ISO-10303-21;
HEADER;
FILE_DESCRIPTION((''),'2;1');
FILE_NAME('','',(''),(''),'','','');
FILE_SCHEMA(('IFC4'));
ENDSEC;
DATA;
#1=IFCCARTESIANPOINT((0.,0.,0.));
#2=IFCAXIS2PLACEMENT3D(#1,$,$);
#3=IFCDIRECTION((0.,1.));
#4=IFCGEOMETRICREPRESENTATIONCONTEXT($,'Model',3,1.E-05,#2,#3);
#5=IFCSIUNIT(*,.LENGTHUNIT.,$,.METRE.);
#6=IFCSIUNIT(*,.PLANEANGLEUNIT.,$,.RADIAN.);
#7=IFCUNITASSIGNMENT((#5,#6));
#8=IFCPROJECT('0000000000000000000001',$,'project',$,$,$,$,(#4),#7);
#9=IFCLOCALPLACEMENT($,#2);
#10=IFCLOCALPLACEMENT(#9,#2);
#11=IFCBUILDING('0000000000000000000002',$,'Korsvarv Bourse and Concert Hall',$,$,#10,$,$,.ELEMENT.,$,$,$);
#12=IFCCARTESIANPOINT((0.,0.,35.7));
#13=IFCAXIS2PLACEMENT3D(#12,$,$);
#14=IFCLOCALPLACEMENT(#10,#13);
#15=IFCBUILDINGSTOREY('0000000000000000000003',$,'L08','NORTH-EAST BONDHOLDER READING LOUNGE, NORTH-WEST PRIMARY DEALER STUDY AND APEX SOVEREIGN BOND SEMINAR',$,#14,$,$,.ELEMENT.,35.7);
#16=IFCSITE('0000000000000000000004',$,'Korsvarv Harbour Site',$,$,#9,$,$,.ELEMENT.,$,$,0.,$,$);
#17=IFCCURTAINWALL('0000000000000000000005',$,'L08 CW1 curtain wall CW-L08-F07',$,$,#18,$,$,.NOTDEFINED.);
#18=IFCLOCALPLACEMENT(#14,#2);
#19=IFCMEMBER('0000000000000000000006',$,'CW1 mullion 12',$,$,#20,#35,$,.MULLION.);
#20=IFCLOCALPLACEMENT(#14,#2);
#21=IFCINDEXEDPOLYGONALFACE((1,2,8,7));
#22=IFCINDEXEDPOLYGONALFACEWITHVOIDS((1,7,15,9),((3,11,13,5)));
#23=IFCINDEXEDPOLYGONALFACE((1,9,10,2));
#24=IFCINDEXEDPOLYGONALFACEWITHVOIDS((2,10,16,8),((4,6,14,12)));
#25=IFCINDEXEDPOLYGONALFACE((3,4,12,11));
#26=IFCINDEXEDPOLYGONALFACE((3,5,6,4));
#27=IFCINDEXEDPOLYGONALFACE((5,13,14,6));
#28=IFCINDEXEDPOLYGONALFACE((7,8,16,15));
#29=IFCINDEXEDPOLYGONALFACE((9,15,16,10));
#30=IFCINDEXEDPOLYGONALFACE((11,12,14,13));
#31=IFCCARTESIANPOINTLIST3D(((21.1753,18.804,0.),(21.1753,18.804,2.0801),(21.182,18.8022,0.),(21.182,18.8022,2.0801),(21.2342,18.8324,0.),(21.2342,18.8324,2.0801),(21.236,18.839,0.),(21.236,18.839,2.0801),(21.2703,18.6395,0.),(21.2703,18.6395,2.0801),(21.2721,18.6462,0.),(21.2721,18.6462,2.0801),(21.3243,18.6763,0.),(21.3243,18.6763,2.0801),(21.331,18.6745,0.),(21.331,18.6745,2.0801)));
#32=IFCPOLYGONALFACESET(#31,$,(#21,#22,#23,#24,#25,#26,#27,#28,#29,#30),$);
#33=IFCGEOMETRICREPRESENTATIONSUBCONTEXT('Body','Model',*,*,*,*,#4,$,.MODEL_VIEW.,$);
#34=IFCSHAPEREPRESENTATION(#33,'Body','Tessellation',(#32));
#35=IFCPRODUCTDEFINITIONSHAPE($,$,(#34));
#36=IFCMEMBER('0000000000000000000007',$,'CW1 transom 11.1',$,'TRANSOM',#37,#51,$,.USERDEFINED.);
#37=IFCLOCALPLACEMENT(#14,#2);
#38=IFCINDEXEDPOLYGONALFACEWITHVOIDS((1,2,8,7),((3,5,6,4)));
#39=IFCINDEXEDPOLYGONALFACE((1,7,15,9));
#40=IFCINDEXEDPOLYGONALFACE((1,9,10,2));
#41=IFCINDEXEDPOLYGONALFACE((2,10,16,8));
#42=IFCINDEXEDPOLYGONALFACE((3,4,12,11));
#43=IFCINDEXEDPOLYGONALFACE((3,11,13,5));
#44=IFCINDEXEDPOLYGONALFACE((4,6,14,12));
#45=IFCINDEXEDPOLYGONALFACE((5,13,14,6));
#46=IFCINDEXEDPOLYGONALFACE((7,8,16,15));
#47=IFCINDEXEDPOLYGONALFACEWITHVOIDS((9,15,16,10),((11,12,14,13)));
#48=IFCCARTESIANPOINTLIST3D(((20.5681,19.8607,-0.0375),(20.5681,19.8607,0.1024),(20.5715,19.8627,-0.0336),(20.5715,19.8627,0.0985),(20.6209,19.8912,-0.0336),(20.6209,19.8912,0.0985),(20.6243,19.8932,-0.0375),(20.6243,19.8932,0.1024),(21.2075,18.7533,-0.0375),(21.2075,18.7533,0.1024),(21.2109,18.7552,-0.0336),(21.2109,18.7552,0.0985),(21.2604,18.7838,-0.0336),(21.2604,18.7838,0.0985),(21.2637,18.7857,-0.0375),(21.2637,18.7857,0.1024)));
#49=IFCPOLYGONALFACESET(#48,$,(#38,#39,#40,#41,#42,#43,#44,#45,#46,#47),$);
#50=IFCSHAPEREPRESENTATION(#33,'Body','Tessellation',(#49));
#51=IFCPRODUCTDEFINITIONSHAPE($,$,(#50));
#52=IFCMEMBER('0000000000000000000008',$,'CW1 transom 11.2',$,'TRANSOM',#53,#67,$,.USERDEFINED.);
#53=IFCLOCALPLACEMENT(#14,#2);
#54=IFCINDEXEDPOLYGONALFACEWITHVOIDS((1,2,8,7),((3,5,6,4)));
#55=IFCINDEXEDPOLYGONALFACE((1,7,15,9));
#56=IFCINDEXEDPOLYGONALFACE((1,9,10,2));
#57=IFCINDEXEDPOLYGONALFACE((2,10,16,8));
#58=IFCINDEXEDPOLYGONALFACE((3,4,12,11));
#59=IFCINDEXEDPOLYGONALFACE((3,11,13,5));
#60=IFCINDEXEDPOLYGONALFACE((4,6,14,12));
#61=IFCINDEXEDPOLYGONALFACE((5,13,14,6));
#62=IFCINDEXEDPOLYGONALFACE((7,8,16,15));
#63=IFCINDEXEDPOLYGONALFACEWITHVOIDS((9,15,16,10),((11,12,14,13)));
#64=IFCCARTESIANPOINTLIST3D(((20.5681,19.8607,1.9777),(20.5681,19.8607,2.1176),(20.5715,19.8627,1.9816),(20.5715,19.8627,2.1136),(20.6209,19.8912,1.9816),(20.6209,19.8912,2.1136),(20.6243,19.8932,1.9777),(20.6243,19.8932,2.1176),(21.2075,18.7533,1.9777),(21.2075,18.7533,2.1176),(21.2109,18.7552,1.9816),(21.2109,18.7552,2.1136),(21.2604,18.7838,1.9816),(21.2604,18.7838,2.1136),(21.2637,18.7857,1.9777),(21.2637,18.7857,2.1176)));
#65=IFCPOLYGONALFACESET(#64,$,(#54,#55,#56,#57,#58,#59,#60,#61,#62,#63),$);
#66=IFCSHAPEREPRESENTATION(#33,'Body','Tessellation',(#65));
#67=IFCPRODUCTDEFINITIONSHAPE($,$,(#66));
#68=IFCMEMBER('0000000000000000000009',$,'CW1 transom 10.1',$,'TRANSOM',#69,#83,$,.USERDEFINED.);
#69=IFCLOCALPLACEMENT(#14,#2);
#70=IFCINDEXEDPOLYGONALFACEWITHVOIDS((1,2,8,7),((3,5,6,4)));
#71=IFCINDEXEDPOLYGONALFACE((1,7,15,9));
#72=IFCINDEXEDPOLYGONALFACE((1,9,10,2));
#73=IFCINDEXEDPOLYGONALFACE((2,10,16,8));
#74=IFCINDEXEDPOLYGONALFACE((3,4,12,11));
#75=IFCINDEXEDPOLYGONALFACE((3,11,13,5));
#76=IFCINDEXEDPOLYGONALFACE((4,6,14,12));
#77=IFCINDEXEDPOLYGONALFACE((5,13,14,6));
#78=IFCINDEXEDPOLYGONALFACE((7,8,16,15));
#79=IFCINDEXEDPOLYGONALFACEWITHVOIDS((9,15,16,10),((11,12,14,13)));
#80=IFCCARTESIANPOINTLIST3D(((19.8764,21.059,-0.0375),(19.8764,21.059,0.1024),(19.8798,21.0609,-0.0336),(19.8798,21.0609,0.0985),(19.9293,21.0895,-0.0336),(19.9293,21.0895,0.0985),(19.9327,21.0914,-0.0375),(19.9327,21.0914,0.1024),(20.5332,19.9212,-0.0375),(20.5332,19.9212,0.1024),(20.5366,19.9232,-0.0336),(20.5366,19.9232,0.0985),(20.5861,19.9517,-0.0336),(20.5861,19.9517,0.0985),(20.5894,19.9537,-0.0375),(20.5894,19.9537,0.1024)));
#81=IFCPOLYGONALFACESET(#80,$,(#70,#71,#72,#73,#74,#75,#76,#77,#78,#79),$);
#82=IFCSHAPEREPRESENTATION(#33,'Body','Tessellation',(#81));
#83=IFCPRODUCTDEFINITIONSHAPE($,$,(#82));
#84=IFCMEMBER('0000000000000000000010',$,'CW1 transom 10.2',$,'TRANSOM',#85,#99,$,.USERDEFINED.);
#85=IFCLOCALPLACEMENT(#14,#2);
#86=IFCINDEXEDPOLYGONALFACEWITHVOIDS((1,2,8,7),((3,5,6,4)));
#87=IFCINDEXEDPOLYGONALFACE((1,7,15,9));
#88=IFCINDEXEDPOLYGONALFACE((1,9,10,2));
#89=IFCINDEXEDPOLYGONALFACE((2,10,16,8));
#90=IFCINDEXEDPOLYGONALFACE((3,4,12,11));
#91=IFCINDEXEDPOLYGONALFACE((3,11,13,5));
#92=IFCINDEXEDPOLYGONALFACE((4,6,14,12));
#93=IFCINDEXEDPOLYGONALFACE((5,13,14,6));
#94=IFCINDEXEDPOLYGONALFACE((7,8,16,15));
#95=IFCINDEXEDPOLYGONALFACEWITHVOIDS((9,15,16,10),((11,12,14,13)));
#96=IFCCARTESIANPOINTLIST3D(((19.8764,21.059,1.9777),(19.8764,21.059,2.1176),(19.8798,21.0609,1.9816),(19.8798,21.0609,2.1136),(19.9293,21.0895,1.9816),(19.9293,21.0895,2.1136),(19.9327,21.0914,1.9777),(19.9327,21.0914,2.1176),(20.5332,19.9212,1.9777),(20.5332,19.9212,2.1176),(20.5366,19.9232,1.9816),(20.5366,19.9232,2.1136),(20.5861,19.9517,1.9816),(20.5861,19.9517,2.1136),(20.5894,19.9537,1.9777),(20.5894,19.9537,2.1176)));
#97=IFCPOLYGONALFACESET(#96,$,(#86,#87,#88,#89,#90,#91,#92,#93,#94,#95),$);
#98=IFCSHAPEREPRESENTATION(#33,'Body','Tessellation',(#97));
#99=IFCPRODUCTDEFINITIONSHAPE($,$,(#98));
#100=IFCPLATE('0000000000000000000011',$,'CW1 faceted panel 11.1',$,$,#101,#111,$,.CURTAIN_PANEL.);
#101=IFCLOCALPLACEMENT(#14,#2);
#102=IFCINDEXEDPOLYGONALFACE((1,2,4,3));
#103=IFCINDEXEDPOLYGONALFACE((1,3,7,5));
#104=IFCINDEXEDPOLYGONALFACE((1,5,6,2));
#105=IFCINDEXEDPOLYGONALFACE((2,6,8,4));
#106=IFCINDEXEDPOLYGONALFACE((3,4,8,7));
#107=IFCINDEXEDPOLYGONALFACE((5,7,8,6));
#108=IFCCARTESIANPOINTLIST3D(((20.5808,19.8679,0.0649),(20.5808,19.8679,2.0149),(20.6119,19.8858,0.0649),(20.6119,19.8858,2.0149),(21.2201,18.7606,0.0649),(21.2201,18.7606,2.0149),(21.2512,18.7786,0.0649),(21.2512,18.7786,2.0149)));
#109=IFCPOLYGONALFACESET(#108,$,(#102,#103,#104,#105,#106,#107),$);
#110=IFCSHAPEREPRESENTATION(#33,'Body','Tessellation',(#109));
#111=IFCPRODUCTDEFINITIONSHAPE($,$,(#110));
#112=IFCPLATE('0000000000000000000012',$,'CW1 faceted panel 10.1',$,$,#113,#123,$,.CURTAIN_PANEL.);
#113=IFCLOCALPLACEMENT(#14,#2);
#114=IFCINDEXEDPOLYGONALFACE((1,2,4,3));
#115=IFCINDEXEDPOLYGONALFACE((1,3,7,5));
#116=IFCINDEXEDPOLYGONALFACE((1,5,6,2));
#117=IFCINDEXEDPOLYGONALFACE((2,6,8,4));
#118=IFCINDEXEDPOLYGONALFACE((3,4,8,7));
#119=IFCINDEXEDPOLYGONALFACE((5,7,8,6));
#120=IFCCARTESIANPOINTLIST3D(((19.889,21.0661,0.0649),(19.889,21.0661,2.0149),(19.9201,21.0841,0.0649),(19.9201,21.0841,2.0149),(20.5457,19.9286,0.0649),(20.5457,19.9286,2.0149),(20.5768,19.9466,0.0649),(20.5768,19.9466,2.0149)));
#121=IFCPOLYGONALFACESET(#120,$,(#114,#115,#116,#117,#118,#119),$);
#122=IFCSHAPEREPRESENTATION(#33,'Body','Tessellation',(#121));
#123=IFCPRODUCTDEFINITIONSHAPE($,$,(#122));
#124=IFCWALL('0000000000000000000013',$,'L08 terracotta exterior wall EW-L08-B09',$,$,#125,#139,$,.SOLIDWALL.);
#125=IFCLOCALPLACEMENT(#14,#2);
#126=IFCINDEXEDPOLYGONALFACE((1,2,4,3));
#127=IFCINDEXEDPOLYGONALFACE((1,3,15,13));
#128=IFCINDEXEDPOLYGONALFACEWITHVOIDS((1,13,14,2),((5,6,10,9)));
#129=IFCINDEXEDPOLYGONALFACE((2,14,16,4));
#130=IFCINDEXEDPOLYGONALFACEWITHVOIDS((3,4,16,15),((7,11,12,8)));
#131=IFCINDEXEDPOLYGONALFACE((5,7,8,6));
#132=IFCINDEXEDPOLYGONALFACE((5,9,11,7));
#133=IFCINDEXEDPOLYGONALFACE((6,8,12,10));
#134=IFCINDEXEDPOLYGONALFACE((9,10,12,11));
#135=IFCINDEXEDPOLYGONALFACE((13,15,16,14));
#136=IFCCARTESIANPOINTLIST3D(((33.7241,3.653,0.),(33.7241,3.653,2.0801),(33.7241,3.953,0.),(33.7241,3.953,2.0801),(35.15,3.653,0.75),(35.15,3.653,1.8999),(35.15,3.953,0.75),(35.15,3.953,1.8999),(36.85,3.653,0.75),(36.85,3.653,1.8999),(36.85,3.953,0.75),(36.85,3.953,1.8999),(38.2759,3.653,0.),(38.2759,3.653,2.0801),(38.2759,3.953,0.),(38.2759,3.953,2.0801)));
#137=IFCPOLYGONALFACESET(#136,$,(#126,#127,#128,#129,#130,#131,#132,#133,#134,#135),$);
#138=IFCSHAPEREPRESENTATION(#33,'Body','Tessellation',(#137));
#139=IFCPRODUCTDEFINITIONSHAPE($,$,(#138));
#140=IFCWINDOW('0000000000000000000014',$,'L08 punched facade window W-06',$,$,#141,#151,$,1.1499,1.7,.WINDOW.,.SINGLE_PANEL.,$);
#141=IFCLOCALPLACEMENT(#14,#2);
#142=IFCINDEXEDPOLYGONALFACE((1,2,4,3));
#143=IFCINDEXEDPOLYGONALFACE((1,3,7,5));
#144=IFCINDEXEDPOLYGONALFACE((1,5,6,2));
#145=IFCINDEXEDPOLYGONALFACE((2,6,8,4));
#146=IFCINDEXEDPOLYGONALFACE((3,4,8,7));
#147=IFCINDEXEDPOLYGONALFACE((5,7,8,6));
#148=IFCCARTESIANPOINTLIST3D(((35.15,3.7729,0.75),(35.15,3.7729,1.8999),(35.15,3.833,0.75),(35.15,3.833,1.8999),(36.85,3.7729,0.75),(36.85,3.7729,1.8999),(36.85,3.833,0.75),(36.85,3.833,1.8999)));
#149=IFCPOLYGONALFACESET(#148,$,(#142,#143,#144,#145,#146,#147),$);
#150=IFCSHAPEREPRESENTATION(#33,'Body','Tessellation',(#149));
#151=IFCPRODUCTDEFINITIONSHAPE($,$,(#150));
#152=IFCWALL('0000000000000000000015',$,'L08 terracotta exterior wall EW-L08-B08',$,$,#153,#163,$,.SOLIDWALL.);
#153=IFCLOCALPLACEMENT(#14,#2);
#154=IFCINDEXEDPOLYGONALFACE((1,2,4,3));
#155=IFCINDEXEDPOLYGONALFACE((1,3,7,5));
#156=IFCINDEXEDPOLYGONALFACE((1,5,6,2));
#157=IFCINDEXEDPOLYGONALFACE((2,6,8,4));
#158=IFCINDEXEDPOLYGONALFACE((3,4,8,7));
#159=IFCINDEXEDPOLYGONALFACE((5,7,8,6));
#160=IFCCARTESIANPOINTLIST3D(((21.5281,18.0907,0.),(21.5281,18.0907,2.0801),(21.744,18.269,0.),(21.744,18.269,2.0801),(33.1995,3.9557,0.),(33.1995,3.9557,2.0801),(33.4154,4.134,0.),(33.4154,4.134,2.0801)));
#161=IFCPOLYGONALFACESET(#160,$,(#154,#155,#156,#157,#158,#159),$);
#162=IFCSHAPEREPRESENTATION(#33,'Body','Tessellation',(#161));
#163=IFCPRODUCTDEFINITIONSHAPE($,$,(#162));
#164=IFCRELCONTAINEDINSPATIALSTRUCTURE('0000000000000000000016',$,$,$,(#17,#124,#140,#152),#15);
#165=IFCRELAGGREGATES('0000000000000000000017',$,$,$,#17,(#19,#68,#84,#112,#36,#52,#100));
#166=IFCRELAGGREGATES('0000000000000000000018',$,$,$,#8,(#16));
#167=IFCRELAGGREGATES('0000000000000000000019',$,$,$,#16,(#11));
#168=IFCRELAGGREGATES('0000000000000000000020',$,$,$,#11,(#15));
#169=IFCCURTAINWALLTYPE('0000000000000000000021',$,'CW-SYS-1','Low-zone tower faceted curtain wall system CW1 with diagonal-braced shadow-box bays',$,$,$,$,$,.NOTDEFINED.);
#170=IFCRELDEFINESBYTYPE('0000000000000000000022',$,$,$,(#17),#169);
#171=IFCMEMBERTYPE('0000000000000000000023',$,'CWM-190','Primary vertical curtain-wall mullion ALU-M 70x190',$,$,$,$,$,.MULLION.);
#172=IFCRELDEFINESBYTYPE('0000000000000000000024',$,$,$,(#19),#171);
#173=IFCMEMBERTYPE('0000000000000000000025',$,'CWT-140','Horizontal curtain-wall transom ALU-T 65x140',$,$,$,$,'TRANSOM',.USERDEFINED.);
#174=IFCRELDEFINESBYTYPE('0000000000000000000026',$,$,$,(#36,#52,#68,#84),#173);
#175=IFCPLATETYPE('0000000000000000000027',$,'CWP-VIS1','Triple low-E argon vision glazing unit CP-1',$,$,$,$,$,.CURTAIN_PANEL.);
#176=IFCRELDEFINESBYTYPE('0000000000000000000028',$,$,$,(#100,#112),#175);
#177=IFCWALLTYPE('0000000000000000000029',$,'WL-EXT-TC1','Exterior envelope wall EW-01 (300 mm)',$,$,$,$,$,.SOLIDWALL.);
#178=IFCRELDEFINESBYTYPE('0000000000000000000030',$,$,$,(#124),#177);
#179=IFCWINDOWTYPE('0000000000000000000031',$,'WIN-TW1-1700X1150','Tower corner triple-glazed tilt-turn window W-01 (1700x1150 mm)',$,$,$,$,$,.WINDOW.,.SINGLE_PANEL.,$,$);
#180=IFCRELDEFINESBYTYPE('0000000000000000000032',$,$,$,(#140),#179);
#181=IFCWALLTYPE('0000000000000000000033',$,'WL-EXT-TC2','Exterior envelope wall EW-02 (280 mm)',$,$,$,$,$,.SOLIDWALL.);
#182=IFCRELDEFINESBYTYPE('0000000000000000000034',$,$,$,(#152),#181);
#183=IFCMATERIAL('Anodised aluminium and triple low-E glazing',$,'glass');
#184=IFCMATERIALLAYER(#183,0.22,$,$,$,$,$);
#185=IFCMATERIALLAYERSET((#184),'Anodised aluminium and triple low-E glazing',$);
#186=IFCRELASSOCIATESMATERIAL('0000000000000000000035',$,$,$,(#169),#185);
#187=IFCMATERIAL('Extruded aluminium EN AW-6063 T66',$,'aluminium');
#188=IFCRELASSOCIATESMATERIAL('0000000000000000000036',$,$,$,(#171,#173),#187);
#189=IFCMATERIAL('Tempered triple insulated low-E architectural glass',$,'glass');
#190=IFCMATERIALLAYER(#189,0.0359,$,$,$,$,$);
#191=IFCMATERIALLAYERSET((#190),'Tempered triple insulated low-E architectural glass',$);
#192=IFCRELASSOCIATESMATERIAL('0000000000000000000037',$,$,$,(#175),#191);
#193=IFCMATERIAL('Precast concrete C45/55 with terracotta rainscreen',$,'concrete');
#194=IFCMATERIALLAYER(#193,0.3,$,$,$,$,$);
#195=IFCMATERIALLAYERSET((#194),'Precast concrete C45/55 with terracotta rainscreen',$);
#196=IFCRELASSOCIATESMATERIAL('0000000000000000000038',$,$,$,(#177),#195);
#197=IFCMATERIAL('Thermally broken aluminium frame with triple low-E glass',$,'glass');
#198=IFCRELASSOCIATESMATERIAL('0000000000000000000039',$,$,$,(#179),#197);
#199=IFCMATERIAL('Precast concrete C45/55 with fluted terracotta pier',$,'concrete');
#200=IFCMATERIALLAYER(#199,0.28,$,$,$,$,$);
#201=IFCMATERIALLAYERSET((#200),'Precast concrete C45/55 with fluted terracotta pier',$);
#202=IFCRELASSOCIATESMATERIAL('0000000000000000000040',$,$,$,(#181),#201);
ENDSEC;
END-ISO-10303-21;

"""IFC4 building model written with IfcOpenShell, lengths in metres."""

from ifc_helpers import new_model, si_unit, direction, frame, frame_2d, origin, origin_2d, place, context, subcontext, project, spatial, rectangle, hollow_rectangle, extrude, source, transform, mapped, material, layer, layer_set, material_profile, profile_set, type_object, element, fill, aggregate, save


model = new_model("IFC4")

# Units and contexts
model_context = context("Model", 3, precision=1e-05, world=origin(), true_north=direction((0.0, 1.0)))
body_context = subcontext(model_context, "Body", "Model", "MODEL_VIEW")
ifc_project = project(units=[si_unit("LENGTHUNIT", "METRE"), si_unit("PLANEANGLEUNIT", "RADIAN")], contexts=[model_context])

# Site, building, storey
site_placement = place(None, origin())
site = spatial("IfcSite", under=ifc_project, at=site_placement, Name="Korsvarv Harbour Site", CompositionType="ELEMENT", RefElevation=0.0)
building_placement = place(site_placement, origin())
building = spatial("IfcBuilding", under=site, at=building_placement, Name="Korsvarv Bourse and Concert Hall", CompositionType="ELEMENT")
storey_placement = place(building_placement, frame((0.0, 0.0, 35.7)))
storey = spatial("IfcBuildingStorey", under=building, at=storey_placement, Name="L08", Description="NORTH-EAST BONDHOLDER READING LOUNGE, NORTH-WEST PRIMARY DEALER STUDY AND APEX SOVEREIGN BOND SEMINAR", CompositionType="ELEMENT", Elevation=35.7)

# Curtain wall, members, plates
ifc_material_1 = material(Name="Anodised aluminium and triple low-E glazing", Category="glass")
ifc_layer_1 = layer(ifc_material_1, 0.22)
ifc_layer_set_1 = layer_set([ifc_layer_1], Name="Anodised aluminium and triple low-E glazing")
curtain_wall_type = type_object("IfcCurtainWallType", Name="CW-SYS-1", Description="Low-zone tower faceted curtain wall system CW1 with diagonal-braced shadow-box bays", PredefinedType="NOTDEFINED", material=ifc_layer_set_1)
curtain_wall_placement = place(storey_placement, origin())
curtain_wall = element("IfcCurtainWall", 1, at=curtain_wall_placement, inside=storey, type_object=curtain_wall_type, Name="L08 CW1 curtain wall CW-L08-F07", PredefinedType="NOTDEFINED")
ifc_material_2 = material(Name="Extruded aluminium EN AW-6063 T66", Category="aluminium")
ifc_material_profile_1 = material_profile(ifc_material_2, hollow_rectangle(XDim=0.0701, YDim=0.1899, WallThickness=0.0049, at=origin_2d()), Name="ALU-M 70x190")
ifc_profile_set_1 = profile_set([ifc_material_profile_1], Name="Extruded aluminium EN AW-6063 T66")
member_type_1 = type_object("IfcMemberType", Name="CWM-190", Description="Primary vertical curtain-wall mullion ALU-M 70x190", PredefinedType="MULLION", material=ifc_profile_set_1)
shared_shape_1 = source(origin(), body_context, "Body", "SweptSolid", [
    extrude(hollow_rectangle(XDim=0.0701, YDim=0.1899, WallThickness=0.0049, at=origin_2d()), origin(), (0.0, 0.0, 1.0), 2.0801),
])
member_1_placement = place(storey_placement, frame((21.2532, 18.7393, 0.0), z_axis=(0.0, 0.0, 1.0), x_axis=(0.866026, 0.5, 0.0)))
member_1 = element("IfcMember", 2, at=member_1_placement, type_object=member_type_1, Name="CW1 mullion 12", PredefinedType="MULLION", context=body_context, shape_type="MappedRepresentation", body=[
    mapped(shared_shape_1, transform((0.0, 0.0, 0.0), scale=1.0)),
])
ifc_material_profile_2 = material_profile(ifc_material_2, hollow_rectangle(XDim=0.0649, YDim=0.1399, WallThickness=0.0039, at=origin_2d()), Name="ALU-T 65x140")
ifc_profile_set_2 = profile_set([ifc_material_profile_2], Name="Extruded aluminium EN AW-6063 T66")
member_type_2 = type_object("IfcMemberType", Name="CWT-140", Description="Horizontal curtain-wall transom ALU-T 65x140", ElementType="TRANSOM", PredefinedType="USERDEFINED", material=ifc_profile_set_2)
shared_shape_2 = source(origin(), body_context, "Body", "SweptSolid", [
    extrude(hollow_rectangle(XDim=0.0649, YDim=0.1399, WallThickness=0.0039, at=origin_2d()), origin(), (0.0, 0.0, 1.0), 1.2788),
])
member_2_placement = place(storey_placement, frame((20.5962, 19.877, 0.0325), z_axis=(0.50002, -0.866014, 0.0), x_axis=(0.866014, 0.50002, 0.0)))
member_2 = element("IfcMember", 3, at=member_2_placement, type_object=member_type_2, Name="CW1 transom 11.1", ObjectType="TRANSOM", PredefinedType="USERDEFINED", context=body_context, shape_type="MappedRepresentation", body=[
    mapped(shared_shape_2, transform((0.0, 0.0, 0.0), scale=1.0)),
])
member_3_placement = place(storey_placement, frame((20.5962, 19.877, 2.0476), z_axis=(0.50002, -0.866014, 0.0), x_axis=(0.866014, 0.50002, 0.0)))
member_3 = element("IfcMember", 4, at=member_3_placement, type_object=member_type_2, Name="CW1 transom 11.2", ObjectType="TRANSOM", PredefinedType="USERDEFINED", context=body_context, shape_type="MappedRepresentation", body=[
    mapped(shared_shape_2, transform((0.0, 0.0, 0.0), scale=1.0)),
])
shared_shape_3 = source(origin(), body_context, "Body", "SweptSolid", [
    extrude(hollow_rectangle(XDim=0.0649, YDim=0.1399, WallThickness=0.0039, at=origin_2d()), origin(), (0.0, 0.0, 1.0), 1.3137),
])
member_4_placement = place(storey_placement, frame((19.9045, 21.0752, 0.0325), z_axis=(0.499937, -0.866062, 0.0), x_axis=(0.866062, 0.499937, 0.0)))
member_4 = element("IfcMember", 5, at=member_4_placement, type_object=member_type_2, Name="CW1 transom 10.1", ObjectType="TRANSOM", PredefinedType="USERDEFINED", context=body_context, shape_type="MappedRepresentation", body=[
    mapped(shared_shape_3, transform((0.0, 0.0, 0.0), scale=1.0)),
])
member_5_placement = place(storey_placement, frame((19.9045, 21.0752, 2.0476), z_axis=(0.499937, -0.866062, 0.0), x_axis=(0.866062, 0.499937, 0.0)))
member_5 = element("IfcMember", 6, at=member_5_placement, type_object=member_type_2, Name="CW1 transom 10.2", ObjectType="TRANSOM", PredefinedType="USERDEFINED", context=body_context, shape_type="MappedRepresentation", body=[
    mapped(shared_shape_3, transform((0.0, 0.0, 0.0), scale=1.0)),
])
ifc_material_3 = material(Name="Tempered triple insulated low-E architectural glass", Category="glass")
ifc_layer_2 = layer(ifc_material_3, 0.0359)
ifc_layer_set_2 = layer_set([ifc_layer_2], Name="Tempered triple insulated low-E architectural glass")
plate_type = type_object("IfcPlateType", Name="CWP-VIS1", Description="Triple low-E argon vision glazing unit CP-1", PredefinedType="CURTAIN_PANEL", material=ifc_layer_set_2)
shared_shape_4 = source(origin(), body_context, "Body", "SweptSolid", [
    extrude(rectangle(XDim=1.2786, YDim=0.0359, at=origin_2d()), origin(), (0.0, 0.0, 1.0), 1.95),
])
plate_1_placement = place(storey_placement, frame((20.916, 19.3232, 0.0649), z_axis=(0.0, 0.0, 1.0), x_axis=(0.5, -0.866026, 0.0)))
plate_1 = element("IfcPlate", 7, at=plate_1_placement, type_object=plate_type, Name="CW1 faceted panel 11.1", PredefinedType="CURTAIN_PANEL", context=body_context, shape_type="MappedRepresentation", body=[
    mapped(shared_shape_4, transform((0.0, 0.0, 0.0), scale=1.0)),
])
shared_shape_5 = source(origin(), body_context, "Body", "SweptSolid", [
    extrude(rectangle(XDim=1.3135, YDim=0.0359, at=origin_2d()), origin(), (0.0, 0.0, 1.0), 1.95),
])
plate_2_placement = place(storey_placement, frame((20.2329, 20.5063, 0.0649), z_axis=(0.0, 0.0, 1.0), x_axis=(0.5, -0.866026, 0.0)))
plate_2 = element("IfcPlate", 8, at=plate_2_placement, type_object=plate_type, Name="CW1 faceted panel 10.1", PredefinedType="CURTAIN_PANEL", context=body_context, shape_type="MappedRepresentation", body=[
    mapped(shared_shape_5, transform((0.0, 0.0, 0.0), scale=1.0)),
])
aggregate(curtain_wall, [member_1, member_4, member_5, plate_2, member_2, member_3, plate_1])

# Wall, opening, window
ifc_material_4 = material(Name="Precast concrete C45/55 with terracotta rainscreen", Category="concrete")
ifc_layer_3 = layer(ifc_material_4, 0.3)
ifc_layer_set_3 = layer_set([ifc_layer_3], Name="Precast concrete C45/55 with terracotta rainscreen")
wall_type_1 = type_object("IfcWallType", Name="WL-EXT-TC1", Description="Exterior envelope wall EW-01 (300 mm)", PredefinedType="SOLIDWALL", material=ifc_layer_set_3)
wall_1_placement = place(storey_placement, frame((33.7241, 3.803, 0.0), z_axis=(0.0, 0.0, 1.0), x_axis=(1.0, 0.0, 0.0)))
wall_1 = element("IfcWall", 9, at=wall_1_placement, inside=storey, type_object=wall_type_1, Name="L08 terracotta exterior wall EW-L08-B09", PredefinedType="SOLIDWALL", context=body_context, shape_type="SweptSolid", body=[
    extrude(rectangle(XDim=4.5518, YDim=0.3, at=frame_2d((2.2759, 0.0))), origin(), (0.0, 0.0, 1.0), 2.0801),
])
opening_1_placement = place(wall_1_placement, frame((1.4258, 0.0, 0.75)))
opening_1 = element("IfcOpeningElement", 10, at=opening_1_placement, cuts=wall_1, PredefinedType="OPENING", context=body_context, shape_type="SweptSolid", body=[
    extrude(rectangle(XDim=1.7, YDim=1.1499, at=frame_2d((0.8501, 0.575))), frame((0.0, 0.1602, 0.0), z_axis=(0.0, -1.0, 0.0), x_axis=(1.0, 0.0, 0.0)), (0.0, 0.0, 1.0), 0.3201),
])
ifc_material_5 = material(Name="Thermally broken aluminium frame with triple low-E glass", Category="glass")
window_type = type_object("IfcWindowType", Name="WIN-TW1-1700X1150", Description="Tower corner triple-glazed tilt-turn window W-01 (1700x1150 mm)", PartitioningType="SINGLE_PANEL", PredefinedType="WINDOW", material=ifc_material_5)
window_placement = place(opening_1_placement, origin())
window = element("IfcWindow", 11, at=window_placement, inside=storey, type_object=window_type, Name="L08 punched facade window W-06", OverallHeight=1.1499, OverallWidth=1.7, PartitioningType="SINGLE_PANEL", PredefinedType="WINDOW", context=body_context, shape_type="SweptSolid", body=[
    extrude(rectangle(XDim=1.7, YDim=1.1499, at=frame_2d((0.8501, 0.575))), frame((0.0, 0.03, 0.0), z_axis=(0.0, -1.0, 0.0), x_axis=(1.0, 0.0, 0.0)), (0.0, 0.0, 1.0), 0.0601),
])
fill(opening_1, window)

# Wall
ifc_material_6 = material(Name="Precast concrete C45/55 with fluted terracotta pier", Category="concrete")
ifc_layer_4 = layer(ifc_material_6, 0.28)
ifc_layer_set_4 = layer_set([ifc_layer_4], Name="Precast concrete C45/55 with fluted terracotta pier")
wall_type_2 = type_object("IfcWallType", Name="WL-EXT-TC2", Description="Exterior envelope wall EW-02 (280 mm)", PredefinedType="SOLIDWALL", material=ifc_layer_set_4)
wall_2_placement = place(storey_placement, frame((21.636, 18.1799, 0.0), z_axis=(0.0, 0.0, 1.0), x_axis=(0.636708, -0.771105, 0.0)))
element("IfcWall", 12, at=wall_2_placement, inside=storey, type_object=wall_type_2, Name="L08 terracotta exterior wall EW-L08-B08", PredefinedType="SOLIDWALL", context=body_context, shape_type="SweptSolid", body=[
    extrude(rectangle(XDim=18.3308, YDim=0.28, at=frame_2d((9.1655, 0.0))), origin(), (0.0, 0.0, 1.0), 2.0801),
])

save(model, "model.ifc")
